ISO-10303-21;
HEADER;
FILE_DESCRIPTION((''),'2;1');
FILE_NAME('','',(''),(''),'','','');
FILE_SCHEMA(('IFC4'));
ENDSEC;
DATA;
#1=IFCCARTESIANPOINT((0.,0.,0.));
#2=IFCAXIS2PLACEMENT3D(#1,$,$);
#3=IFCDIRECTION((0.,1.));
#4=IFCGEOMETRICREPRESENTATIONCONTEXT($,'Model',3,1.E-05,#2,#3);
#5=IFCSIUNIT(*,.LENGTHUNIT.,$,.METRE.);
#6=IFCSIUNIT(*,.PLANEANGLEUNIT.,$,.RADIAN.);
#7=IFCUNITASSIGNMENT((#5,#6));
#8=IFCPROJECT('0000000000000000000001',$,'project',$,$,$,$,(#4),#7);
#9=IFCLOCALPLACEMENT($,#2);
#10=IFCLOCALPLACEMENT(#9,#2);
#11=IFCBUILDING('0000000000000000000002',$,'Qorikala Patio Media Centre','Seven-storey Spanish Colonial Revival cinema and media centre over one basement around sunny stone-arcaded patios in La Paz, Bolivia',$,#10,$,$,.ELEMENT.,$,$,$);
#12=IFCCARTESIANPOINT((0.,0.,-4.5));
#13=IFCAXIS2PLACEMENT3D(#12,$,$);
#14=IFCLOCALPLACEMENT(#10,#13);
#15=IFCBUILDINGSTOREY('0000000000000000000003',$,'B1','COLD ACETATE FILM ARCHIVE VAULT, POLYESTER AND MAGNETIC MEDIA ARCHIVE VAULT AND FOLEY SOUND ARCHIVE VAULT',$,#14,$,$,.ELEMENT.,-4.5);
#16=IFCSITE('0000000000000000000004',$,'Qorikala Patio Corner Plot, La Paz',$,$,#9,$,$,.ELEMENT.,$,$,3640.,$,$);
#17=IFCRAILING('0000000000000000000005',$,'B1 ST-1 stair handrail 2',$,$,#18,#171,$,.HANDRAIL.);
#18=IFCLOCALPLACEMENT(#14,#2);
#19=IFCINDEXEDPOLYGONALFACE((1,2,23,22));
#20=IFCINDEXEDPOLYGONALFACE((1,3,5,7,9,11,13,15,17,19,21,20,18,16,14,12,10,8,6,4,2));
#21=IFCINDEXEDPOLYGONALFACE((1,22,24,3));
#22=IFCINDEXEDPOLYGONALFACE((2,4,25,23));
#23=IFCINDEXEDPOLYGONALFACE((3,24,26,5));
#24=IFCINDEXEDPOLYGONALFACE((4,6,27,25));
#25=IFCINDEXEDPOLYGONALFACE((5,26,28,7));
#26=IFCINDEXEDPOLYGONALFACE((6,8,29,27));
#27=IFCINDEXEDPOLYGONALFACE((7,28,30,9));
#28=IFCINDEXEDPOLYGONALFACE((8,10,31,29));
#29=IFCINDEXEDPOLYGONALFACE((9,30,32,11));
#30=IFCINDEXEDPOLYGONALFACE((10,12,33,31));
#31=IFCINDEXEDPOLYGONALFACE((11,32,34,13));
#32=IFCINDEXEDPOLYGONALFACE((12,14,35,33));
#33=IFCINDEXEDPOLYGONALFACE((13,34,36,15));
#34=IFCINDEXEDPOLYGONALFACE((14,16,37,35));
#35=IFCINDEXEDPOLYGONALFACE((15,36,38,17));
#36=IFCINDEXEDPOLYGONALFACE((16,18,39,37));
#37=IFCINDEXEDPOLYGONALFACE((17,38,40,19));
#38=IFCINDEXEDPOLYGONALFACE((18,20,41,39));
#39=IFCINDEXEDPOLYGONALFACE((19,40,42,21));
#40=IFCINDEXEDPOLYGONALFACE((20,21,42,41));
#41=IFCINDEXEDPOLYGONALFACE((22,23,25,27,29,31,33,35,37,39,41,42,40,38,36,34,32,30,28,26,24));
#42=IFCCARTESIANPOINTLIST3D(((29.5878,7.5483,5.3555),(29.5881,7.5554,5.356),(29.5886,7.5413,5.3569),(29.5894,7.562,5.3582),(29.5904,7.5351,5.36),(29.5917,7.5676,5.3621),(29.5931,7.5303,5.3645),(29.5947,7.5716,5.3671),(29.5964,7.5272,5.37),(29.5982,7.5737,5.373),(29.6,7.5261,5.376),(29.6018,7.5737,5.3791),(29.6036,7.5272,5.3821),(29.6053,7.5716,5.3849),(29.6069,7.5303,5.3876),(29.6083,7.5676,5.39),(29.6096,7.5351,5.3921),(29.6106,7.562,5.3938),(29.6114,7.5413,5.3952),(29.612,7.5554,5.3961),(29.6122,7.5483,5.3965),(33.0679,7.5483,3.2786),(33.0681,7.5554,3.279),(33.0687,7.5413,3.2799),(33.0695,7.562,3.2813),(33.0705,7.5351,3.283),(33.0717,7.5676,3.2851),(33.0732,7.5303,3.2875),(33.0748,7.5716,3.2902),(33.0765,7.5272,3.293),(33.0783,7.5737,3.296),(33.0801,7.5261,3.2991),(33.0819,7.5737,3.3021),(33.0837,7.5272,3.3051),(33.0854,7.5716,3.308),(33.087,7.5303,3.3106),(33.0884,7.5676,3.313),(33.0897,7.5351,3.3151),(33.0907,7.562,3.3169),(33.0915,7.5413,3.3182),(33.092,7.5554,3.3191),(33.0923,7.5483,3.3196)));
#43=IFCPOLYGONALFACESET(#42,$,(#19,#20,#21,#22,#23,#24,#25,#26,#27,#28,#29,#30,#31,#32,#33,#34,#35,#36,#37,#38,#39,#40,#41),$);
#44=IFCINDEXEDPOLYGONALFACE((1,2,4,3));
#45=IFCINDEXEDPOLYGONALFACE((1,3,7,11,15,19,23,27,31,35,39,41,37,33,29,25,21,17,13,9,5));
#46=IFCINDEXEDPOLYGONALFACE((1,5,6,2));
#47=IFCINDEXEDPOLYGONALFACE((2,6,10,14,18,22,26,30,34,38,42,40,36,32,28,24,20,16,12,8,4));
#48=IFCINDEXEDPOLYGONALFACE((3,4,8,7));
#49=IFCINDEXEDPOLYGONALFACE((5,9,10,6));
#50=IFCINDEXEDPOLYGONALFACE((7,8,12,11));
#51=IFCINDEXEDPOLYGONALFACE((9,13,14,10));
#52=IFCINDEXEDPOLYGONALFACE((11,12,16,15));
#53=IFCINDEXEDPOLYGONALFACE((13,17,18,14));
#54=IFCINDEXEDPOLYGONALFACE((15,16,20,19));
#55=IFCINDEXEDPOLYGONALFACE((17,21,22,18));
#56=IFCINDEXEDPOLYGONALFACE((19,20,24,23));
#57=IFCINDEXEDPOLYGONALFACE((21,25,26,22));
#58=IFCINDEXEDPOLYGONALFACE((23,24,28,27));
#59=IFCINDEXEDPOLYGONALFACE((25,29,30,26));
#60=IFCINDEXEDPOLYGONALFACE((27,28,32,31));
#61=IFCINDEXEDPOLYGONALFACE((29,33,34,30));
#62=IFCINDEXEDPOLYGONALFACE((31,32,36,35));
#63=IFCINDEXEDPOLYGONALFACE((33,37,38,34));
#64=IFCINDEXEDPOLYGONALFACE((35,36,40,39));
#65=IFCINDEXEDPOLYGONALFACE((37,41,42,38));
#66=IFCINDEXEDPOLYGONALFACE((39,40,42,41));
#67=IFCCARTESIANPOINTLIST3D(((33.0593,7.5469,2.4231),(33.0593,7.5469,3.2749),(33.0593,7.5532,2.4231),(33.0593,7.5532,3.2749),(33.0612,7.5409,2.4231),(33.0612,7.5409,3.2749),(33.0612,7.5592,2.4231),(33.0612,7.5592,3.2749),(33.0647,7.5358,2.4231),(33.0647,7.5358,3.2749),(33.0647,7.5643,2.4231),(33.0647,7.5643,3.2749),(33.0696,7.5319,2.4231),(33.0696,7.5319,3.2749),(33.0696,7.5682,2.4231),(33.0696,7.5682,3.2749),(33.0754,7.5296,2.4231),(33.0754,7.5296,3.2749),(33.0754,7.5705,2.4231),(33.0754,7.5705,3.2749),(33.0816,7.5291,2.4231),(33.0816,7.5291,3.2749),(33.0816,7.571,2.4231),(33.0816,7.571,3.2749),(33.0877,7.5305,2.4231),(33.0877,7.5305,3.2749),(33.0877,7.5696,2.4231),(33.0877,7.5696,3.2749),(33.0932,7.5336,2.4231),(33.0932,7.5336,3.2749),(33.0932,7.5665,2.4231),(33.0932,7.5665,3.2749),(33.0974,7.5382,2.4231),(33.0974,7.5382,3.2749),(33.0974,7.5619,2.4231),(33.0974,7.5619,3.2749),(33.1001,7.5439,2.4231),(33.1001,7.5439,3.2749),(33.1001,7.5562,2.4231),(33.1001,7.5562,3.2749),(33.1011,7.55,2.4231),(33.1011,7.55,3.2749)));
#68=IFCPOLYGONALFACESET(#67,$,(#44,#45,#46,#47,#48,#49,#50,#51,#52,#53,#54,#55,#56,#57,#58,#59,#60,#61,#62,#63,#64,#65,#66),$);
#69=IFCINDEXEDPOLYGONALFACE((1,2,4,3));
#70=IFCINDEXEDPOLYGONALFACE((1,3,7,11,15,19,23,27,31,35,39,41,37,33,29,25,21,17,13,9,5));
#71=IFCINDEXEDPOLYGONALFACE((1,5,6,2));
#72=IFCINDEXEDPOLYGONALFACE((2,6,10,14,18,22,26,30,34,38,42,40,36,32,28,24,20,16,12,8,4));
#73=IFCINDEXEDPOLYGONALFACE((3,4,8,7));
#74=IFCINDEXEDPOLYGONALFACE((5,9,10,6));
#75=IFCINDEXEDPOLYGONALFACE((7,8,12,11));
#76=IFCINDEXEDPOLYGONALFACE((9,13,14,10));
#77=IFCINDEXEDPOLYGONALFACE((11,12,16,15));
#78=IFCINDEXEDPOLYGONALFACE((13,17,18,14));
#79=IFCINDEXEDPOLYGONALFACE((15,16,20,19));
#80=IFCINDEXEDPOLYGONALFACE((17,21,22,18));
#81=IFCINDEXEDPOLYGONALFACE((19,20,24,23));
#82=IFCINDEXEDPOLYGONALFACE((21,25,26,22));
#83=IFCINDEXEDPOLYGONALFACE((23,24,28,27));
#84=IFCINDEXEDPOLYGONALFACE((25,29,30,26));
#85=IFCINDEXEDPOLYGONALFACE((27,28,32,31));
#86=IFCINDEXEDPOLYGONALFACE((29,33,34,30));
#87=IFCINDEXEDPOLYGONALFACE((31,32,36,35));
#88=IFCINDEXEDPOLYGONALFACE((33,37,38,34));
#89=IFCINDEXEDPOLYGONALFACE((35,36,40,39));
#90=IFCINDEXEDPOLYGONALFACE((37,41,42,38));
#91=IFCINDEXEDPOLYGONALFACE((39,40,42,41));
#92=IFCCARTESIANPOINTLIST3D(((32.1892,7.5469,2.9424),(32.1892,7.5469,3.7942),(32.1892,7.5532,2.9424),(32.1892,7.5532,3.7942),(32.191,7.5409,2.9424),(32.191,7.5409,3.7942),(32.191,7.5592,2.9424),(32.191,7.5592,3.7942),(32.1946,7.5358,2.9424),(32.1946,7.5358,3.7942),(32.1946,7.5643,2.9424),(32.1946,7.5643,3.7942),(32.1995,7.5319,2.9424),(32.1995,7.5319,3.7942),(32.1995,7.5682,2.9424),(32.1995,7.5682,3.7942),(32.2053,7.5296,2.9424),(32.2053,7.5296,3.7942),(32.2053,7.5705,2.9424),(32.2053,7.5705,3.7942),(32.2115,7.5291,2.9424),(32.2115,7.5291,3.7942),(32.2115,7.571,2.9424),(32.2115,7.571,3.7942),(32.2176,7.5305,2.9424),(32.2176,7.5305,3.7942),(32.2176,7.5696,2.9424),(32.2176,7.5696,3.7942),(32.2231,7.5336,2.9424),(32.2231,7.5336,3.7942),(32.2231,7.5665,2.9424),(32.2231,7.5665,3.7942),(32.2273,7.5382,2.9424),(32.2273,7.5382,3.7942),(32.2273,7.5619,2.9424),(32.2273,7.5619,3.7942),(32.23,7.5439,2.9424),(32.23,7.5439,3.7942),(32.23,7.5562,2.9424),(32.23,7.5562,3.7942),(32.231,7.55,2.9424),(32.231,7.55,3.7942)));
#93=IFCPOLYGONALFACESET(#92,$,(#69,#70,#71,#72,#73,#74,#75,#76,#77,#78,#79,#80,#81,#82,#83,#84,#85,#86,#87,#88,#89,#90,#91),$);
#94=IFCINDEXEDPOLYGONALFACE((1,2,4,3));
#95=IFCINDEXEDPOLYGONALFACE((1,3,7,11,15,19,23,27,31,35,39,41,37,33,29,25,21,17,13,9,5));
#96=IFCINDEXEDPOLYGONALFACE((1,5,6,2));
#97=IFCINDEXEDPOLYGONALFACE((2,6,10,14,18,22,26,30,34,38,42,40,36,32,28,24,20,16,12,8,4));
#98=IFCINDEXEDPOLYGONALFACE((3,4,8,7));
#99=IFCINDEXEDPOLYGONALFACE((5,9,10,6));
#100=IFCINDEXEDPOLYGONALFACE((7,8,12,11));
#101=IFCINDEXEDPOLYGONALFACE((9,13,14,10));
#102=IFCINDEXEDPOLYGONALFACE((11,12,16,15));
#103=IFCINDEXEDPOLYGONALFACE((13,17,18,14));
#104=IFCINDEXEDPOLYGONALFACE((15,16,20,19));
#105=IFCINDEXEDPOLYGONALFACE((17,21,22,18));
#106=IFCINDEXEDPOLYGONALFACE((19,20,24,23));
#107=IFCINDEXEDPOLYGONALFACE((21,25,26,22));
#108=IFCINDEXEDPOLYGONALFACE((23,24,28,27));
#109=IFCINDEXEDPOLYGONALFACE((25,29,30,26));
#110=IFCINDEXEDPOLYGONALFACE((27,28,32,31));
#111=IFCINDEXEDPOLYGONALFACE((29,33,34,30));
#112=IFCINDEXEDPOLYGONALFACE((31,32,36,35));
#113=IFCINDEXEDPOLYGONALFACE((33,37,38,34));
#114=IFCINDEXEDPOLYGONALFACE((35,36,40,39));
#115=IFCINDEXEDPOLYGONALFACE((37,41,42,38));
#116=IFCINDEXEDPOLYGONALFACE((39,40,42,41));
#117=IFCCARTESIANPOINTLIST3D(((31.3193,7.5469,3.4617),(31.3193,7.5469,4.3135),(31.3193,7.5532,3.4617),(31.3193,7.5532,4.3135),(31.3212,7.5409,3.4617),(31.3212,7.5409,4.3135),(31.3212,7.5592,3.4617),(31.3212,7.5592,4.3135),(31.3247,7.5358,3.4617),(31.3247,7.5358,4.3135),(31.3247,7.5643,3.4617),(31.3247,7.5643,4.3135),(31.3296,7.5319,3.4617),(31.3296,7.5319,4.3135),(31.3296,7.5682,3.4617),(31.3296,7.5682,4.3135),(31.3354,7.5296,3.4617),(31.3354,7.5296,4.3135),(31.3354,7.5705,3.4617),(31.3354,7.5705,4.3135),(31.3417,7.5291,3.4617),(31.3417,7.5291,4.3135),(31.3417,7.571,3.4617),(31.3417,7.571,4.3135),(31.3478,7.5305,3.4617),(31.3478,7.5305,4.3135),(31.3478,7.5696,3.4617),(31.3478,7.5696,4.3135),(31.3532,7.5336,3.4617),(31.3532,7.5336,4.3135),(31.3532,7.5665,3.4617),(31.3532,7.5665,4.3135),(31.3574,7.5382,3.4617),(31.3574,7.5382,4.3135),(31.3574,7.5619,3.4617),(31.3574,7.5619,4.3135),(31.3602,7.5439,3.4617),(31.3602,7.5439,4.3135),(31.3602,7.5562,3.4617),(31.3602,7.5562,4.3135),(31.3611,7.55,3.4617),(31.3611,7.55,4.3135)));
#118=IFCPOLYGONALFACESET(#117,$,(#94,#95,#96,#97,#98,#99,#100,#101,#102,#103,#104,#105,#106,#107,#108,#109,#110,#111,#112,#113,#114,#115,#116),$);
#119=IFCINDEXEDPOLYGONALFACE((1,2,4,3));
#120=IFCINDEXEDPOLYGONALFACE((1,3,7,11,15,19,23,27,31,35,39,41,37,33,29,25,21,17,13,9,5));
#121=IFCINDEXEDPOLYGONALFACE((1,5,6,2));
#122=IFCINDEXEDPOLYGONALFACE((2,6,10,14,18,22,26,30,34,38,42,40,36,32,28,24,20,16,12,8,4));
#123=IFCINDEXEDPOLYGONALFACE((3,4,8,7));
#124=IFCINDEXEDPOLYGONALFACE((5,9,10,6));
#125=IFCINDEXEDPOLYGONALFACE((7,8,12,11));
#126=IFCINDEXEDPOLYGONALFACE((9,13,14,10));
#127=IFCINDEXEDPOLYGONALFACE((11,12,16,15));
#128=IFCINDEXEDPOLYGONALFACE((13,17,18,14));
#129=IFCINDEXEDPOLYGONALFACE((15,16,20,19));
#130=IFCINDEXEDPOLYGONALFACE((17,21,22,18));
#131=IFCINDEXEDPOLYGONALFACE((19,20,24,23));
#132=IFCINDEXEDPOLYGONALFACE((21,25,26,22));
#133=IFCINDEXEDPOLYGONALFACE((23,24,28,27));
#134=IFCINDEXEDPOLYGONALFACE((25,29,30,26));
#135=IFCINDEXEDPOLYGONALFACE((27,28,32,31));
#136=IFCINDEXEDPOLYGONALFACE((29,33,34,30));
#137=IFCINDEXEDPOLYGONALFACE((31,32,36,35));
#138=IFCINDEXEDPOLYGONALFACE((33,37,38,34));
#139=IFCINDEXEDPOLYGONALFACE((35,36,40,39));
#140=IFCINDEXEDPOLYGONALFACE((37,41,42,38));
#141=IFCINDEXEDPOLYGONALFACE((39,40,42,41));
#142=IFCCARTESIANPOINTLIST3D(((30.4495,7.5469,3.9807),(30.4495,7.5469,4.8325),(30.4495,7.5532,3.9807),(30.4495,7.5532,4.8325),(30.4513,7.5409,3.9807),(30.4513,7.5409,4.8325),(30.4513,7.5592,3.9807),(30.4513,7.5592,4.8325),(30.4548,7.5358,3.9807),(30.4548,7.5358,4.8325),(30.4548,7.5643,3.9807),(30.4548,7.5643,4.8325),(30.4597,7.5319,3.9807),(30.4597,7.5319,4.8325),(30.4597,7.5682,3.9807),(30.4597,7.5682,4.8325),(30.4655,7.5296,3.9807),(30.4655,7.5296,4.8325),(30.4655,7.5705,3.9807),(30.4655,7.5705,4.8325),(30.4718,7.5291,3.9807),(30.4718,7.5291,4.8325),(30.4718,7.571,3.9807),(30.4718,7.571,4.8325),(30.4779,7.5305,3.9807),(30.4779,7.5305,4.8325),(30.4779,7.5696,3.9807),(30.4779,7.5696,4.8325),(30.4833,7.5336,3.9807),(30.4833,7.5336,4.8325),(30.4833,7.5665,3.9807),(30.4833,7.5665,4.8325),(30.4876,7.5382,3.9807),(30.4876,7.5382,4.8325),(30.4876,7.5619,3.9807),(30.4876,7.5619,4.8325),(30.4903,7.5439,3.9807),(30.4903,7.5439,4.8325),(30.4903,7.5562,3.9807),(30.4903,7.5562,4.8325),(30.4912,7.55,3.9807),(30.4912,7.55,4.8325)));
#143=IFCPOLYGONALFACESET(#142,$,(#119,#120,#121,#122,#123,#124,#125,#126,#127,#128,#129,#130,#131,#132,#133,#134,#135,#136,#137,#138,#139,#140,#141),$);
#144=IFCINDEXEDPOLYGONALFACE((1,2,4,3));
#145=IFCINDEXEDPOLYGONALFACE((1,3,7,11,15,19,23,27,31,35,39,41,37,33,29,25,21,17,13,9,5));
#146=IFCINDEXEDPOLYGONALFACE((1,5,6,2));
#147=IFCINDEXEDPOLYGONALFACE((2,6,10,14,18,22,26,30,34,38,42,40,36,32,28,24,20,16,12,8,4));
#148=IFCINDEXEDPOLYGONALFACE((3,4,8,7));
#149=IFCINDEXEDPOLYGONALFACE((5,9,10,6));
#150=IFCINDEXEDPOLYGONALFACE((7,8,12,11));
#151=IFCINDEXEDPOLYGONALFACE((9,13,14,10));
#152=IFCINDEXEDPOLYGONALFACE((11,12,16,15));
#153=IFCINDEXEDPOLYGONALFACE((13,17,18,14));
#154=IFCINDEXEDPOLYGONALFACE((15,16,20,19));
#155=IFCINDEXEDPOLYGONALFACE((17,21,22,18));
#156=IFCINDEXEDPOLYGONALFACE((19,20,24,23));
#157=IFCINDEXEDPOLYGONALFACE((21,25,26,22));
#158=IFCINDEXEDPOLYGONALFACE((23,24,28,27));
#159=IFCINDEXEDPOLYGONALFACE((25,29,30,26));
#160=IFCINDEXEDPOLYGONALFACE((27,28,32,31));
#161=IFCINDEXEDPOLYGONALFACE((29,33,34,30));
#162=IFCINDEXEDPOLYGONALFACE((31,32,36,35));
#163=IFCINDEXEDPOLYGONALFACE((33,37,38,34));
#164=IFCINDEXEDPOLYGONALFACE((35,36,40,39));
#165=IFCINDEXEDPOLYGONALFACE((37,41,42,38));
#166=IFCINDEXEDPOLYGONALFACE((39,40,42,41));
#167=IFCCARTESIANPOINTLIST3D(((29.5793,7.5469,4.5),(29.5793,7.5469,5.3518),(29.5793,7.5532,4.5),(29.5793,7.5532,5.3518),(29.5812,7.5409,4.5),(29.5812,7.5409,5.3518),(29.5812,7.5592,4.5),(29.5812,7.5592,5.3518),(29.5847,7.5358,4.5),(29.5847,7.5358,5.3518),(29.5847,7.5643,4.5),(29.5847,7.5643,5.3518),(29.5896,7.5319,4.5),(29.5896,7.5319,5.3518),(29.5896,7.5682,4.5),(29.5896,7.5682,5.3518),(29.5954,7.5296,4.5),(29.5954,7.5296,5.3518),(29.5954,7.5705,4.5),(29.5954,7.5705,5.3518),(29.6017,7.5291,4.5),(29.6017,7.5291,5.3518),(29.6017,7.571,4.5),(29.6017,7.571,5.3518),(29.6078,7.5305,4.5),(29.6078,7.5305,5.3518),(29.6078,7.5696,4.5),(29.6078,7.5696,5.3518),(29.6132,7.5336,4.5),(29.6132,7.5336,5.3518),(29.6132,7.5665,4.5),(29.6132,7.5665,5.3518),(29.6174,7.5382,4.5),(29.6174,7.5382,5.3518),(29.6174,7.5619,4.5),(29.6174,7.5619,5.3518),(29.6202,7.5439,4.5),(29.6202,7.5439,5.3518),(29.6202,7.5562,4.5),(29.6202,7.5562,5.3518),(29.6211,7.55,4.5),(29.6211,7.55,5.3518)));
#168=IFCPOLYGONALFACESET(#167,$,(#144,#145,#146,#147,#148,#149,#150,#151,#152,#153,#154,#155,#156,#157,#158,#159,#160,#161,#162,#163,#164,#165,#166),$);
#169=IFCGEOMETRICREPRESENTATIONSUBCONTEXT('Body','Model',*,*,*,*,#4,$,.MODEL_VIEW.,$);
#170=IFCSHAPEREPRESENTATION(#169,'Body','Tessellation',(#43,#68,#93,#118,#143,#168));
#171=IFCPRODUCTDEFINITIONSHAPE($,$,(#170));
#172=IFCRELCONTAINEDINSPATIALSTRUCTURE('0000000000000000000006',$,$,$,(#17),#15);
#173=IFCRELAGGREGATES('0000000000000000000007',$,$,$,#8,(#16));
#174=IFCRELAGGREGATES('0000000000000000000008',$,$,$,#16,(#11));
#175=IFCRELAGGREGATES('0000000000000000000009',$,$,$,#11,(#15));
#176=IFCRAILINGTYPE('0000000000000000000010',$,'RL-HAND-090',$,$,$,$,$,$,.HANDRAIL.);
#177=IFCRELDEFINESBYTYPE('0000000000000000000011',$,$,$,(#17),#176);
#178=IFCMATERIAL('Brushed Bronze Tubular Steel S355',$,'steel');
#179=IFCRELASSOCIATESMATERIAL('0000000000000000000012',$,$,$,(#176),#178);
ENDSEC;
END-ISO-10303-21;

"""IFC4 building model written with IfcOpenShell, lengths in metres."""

from ifc_helpers import new_model, si_unit, direction, frame, origin, origin_2d, place, context, subcontext, project, spatial, circle, extrude, material, type_object, element, save


model = new_model("IFC4")

# Units and contexts
model_context = context("Model", 3, precision=1e-05, world=origin(), true_north=direction((0.0, 1.0)))
body_context = subcontext(model_context, "Body", "Model", "MODEL_VIEW")
ifc_project = project(units=[si_unit("LENGTHUNIT", "METRE"), si_unit("PLANEANGLEUNIT", "RADIAN")], contexts=[model_context])

# Site, building, storey
site_placement = place(None, origin())
site = spatial("IfcSite", under=ifc_project, at=site_placement, Name="Qorikala Patio Corner Plot, La Paz", CompositionType="ELEMENT", RefElevation=3640.0)
building_placement = place(site_placement, origin())
building = spatial("IfcBuilding", under=site, at=building_placement, Name="Qorikala Patio Media Centre", Description="Seven-storey Spanish Colonial Revival cinema and media centre over one basement around sunny stone-arcaded patios in La Paz, Bolivia", CompositionType="ELEMENT")
storey_placement = place(building_placement, frame((0.0, 0.0, -4.5)))
storey = spatial("IfcBuildingStorey", under=building, at=storey_placement, Name="B1", Description="COLD ACETATE FILM ARCHIVE VAULT, POLYESTER AND MAGNETIC MEDIA ARCHIVE VAULT AND FOLEY SOUND ARCHIVE VAULT", CompositionType="ELEMENT", Elevation=-4.5)

# Railing
ifc_material_1 = material(Name="Brushed Bronze Tubular Steel S355", Category="steel")
railing_type_1 = type_object("IfcRailingType", Name="RL-HAND-090", PredefinedType="HANDRAIL", material=ifc_material_1)
railing_1_placement = place(storey_placement, frame((33.0801, 7.55, 2.4231)))
element("IfcRailing", 1, at=railing_1_placement, inside=storey, type_object=railing_type_1, Name="B1 ST-1 stair handrail 2", PredefinedType="HANDRAIL", context=body_context, shape_type="SweptSolid", body=[
    extrude(circle(Radius=0.0239, at=origin_2d()), frame((0.0, 0.0, 0.876), z_axis=(-0.858697, 0.0, 0.512483), x_axis=(0.0, -1.0, 0.0)), (0.0, 0.0, 1.0), 4.0527),
    extrude(circle(Radius=0.021, at=origin_2d()), origin(), (0.0, 0.0, 1.0), 0.8518),
    extrude(circle(Radius=0.021, at=origin_2d()), frame((-0.8701, 0.0, 0.5193)), (0.0, 0.0, 1.0), 0.8518),
    extrude(circle(Radius=0.021, at=origin_2d()), frame((-1.74, 0.0, 1.0386)), (0.0, 0.0, 1.0), 0.8518),
    extrude(circle(Radius=0.021, at=origin_2d()), frame((-2.6099, 0.0, 1.5576)), (0.0, 0.0, 1.0), 0.8518),
    extrude(circle(Radius=0.021, at=origin_2d()), frame((-3.48, 0.0, 2.0769)), (0.0, 0.0, 1.0), 0.8518),
])

save(model, "model.ifc")
